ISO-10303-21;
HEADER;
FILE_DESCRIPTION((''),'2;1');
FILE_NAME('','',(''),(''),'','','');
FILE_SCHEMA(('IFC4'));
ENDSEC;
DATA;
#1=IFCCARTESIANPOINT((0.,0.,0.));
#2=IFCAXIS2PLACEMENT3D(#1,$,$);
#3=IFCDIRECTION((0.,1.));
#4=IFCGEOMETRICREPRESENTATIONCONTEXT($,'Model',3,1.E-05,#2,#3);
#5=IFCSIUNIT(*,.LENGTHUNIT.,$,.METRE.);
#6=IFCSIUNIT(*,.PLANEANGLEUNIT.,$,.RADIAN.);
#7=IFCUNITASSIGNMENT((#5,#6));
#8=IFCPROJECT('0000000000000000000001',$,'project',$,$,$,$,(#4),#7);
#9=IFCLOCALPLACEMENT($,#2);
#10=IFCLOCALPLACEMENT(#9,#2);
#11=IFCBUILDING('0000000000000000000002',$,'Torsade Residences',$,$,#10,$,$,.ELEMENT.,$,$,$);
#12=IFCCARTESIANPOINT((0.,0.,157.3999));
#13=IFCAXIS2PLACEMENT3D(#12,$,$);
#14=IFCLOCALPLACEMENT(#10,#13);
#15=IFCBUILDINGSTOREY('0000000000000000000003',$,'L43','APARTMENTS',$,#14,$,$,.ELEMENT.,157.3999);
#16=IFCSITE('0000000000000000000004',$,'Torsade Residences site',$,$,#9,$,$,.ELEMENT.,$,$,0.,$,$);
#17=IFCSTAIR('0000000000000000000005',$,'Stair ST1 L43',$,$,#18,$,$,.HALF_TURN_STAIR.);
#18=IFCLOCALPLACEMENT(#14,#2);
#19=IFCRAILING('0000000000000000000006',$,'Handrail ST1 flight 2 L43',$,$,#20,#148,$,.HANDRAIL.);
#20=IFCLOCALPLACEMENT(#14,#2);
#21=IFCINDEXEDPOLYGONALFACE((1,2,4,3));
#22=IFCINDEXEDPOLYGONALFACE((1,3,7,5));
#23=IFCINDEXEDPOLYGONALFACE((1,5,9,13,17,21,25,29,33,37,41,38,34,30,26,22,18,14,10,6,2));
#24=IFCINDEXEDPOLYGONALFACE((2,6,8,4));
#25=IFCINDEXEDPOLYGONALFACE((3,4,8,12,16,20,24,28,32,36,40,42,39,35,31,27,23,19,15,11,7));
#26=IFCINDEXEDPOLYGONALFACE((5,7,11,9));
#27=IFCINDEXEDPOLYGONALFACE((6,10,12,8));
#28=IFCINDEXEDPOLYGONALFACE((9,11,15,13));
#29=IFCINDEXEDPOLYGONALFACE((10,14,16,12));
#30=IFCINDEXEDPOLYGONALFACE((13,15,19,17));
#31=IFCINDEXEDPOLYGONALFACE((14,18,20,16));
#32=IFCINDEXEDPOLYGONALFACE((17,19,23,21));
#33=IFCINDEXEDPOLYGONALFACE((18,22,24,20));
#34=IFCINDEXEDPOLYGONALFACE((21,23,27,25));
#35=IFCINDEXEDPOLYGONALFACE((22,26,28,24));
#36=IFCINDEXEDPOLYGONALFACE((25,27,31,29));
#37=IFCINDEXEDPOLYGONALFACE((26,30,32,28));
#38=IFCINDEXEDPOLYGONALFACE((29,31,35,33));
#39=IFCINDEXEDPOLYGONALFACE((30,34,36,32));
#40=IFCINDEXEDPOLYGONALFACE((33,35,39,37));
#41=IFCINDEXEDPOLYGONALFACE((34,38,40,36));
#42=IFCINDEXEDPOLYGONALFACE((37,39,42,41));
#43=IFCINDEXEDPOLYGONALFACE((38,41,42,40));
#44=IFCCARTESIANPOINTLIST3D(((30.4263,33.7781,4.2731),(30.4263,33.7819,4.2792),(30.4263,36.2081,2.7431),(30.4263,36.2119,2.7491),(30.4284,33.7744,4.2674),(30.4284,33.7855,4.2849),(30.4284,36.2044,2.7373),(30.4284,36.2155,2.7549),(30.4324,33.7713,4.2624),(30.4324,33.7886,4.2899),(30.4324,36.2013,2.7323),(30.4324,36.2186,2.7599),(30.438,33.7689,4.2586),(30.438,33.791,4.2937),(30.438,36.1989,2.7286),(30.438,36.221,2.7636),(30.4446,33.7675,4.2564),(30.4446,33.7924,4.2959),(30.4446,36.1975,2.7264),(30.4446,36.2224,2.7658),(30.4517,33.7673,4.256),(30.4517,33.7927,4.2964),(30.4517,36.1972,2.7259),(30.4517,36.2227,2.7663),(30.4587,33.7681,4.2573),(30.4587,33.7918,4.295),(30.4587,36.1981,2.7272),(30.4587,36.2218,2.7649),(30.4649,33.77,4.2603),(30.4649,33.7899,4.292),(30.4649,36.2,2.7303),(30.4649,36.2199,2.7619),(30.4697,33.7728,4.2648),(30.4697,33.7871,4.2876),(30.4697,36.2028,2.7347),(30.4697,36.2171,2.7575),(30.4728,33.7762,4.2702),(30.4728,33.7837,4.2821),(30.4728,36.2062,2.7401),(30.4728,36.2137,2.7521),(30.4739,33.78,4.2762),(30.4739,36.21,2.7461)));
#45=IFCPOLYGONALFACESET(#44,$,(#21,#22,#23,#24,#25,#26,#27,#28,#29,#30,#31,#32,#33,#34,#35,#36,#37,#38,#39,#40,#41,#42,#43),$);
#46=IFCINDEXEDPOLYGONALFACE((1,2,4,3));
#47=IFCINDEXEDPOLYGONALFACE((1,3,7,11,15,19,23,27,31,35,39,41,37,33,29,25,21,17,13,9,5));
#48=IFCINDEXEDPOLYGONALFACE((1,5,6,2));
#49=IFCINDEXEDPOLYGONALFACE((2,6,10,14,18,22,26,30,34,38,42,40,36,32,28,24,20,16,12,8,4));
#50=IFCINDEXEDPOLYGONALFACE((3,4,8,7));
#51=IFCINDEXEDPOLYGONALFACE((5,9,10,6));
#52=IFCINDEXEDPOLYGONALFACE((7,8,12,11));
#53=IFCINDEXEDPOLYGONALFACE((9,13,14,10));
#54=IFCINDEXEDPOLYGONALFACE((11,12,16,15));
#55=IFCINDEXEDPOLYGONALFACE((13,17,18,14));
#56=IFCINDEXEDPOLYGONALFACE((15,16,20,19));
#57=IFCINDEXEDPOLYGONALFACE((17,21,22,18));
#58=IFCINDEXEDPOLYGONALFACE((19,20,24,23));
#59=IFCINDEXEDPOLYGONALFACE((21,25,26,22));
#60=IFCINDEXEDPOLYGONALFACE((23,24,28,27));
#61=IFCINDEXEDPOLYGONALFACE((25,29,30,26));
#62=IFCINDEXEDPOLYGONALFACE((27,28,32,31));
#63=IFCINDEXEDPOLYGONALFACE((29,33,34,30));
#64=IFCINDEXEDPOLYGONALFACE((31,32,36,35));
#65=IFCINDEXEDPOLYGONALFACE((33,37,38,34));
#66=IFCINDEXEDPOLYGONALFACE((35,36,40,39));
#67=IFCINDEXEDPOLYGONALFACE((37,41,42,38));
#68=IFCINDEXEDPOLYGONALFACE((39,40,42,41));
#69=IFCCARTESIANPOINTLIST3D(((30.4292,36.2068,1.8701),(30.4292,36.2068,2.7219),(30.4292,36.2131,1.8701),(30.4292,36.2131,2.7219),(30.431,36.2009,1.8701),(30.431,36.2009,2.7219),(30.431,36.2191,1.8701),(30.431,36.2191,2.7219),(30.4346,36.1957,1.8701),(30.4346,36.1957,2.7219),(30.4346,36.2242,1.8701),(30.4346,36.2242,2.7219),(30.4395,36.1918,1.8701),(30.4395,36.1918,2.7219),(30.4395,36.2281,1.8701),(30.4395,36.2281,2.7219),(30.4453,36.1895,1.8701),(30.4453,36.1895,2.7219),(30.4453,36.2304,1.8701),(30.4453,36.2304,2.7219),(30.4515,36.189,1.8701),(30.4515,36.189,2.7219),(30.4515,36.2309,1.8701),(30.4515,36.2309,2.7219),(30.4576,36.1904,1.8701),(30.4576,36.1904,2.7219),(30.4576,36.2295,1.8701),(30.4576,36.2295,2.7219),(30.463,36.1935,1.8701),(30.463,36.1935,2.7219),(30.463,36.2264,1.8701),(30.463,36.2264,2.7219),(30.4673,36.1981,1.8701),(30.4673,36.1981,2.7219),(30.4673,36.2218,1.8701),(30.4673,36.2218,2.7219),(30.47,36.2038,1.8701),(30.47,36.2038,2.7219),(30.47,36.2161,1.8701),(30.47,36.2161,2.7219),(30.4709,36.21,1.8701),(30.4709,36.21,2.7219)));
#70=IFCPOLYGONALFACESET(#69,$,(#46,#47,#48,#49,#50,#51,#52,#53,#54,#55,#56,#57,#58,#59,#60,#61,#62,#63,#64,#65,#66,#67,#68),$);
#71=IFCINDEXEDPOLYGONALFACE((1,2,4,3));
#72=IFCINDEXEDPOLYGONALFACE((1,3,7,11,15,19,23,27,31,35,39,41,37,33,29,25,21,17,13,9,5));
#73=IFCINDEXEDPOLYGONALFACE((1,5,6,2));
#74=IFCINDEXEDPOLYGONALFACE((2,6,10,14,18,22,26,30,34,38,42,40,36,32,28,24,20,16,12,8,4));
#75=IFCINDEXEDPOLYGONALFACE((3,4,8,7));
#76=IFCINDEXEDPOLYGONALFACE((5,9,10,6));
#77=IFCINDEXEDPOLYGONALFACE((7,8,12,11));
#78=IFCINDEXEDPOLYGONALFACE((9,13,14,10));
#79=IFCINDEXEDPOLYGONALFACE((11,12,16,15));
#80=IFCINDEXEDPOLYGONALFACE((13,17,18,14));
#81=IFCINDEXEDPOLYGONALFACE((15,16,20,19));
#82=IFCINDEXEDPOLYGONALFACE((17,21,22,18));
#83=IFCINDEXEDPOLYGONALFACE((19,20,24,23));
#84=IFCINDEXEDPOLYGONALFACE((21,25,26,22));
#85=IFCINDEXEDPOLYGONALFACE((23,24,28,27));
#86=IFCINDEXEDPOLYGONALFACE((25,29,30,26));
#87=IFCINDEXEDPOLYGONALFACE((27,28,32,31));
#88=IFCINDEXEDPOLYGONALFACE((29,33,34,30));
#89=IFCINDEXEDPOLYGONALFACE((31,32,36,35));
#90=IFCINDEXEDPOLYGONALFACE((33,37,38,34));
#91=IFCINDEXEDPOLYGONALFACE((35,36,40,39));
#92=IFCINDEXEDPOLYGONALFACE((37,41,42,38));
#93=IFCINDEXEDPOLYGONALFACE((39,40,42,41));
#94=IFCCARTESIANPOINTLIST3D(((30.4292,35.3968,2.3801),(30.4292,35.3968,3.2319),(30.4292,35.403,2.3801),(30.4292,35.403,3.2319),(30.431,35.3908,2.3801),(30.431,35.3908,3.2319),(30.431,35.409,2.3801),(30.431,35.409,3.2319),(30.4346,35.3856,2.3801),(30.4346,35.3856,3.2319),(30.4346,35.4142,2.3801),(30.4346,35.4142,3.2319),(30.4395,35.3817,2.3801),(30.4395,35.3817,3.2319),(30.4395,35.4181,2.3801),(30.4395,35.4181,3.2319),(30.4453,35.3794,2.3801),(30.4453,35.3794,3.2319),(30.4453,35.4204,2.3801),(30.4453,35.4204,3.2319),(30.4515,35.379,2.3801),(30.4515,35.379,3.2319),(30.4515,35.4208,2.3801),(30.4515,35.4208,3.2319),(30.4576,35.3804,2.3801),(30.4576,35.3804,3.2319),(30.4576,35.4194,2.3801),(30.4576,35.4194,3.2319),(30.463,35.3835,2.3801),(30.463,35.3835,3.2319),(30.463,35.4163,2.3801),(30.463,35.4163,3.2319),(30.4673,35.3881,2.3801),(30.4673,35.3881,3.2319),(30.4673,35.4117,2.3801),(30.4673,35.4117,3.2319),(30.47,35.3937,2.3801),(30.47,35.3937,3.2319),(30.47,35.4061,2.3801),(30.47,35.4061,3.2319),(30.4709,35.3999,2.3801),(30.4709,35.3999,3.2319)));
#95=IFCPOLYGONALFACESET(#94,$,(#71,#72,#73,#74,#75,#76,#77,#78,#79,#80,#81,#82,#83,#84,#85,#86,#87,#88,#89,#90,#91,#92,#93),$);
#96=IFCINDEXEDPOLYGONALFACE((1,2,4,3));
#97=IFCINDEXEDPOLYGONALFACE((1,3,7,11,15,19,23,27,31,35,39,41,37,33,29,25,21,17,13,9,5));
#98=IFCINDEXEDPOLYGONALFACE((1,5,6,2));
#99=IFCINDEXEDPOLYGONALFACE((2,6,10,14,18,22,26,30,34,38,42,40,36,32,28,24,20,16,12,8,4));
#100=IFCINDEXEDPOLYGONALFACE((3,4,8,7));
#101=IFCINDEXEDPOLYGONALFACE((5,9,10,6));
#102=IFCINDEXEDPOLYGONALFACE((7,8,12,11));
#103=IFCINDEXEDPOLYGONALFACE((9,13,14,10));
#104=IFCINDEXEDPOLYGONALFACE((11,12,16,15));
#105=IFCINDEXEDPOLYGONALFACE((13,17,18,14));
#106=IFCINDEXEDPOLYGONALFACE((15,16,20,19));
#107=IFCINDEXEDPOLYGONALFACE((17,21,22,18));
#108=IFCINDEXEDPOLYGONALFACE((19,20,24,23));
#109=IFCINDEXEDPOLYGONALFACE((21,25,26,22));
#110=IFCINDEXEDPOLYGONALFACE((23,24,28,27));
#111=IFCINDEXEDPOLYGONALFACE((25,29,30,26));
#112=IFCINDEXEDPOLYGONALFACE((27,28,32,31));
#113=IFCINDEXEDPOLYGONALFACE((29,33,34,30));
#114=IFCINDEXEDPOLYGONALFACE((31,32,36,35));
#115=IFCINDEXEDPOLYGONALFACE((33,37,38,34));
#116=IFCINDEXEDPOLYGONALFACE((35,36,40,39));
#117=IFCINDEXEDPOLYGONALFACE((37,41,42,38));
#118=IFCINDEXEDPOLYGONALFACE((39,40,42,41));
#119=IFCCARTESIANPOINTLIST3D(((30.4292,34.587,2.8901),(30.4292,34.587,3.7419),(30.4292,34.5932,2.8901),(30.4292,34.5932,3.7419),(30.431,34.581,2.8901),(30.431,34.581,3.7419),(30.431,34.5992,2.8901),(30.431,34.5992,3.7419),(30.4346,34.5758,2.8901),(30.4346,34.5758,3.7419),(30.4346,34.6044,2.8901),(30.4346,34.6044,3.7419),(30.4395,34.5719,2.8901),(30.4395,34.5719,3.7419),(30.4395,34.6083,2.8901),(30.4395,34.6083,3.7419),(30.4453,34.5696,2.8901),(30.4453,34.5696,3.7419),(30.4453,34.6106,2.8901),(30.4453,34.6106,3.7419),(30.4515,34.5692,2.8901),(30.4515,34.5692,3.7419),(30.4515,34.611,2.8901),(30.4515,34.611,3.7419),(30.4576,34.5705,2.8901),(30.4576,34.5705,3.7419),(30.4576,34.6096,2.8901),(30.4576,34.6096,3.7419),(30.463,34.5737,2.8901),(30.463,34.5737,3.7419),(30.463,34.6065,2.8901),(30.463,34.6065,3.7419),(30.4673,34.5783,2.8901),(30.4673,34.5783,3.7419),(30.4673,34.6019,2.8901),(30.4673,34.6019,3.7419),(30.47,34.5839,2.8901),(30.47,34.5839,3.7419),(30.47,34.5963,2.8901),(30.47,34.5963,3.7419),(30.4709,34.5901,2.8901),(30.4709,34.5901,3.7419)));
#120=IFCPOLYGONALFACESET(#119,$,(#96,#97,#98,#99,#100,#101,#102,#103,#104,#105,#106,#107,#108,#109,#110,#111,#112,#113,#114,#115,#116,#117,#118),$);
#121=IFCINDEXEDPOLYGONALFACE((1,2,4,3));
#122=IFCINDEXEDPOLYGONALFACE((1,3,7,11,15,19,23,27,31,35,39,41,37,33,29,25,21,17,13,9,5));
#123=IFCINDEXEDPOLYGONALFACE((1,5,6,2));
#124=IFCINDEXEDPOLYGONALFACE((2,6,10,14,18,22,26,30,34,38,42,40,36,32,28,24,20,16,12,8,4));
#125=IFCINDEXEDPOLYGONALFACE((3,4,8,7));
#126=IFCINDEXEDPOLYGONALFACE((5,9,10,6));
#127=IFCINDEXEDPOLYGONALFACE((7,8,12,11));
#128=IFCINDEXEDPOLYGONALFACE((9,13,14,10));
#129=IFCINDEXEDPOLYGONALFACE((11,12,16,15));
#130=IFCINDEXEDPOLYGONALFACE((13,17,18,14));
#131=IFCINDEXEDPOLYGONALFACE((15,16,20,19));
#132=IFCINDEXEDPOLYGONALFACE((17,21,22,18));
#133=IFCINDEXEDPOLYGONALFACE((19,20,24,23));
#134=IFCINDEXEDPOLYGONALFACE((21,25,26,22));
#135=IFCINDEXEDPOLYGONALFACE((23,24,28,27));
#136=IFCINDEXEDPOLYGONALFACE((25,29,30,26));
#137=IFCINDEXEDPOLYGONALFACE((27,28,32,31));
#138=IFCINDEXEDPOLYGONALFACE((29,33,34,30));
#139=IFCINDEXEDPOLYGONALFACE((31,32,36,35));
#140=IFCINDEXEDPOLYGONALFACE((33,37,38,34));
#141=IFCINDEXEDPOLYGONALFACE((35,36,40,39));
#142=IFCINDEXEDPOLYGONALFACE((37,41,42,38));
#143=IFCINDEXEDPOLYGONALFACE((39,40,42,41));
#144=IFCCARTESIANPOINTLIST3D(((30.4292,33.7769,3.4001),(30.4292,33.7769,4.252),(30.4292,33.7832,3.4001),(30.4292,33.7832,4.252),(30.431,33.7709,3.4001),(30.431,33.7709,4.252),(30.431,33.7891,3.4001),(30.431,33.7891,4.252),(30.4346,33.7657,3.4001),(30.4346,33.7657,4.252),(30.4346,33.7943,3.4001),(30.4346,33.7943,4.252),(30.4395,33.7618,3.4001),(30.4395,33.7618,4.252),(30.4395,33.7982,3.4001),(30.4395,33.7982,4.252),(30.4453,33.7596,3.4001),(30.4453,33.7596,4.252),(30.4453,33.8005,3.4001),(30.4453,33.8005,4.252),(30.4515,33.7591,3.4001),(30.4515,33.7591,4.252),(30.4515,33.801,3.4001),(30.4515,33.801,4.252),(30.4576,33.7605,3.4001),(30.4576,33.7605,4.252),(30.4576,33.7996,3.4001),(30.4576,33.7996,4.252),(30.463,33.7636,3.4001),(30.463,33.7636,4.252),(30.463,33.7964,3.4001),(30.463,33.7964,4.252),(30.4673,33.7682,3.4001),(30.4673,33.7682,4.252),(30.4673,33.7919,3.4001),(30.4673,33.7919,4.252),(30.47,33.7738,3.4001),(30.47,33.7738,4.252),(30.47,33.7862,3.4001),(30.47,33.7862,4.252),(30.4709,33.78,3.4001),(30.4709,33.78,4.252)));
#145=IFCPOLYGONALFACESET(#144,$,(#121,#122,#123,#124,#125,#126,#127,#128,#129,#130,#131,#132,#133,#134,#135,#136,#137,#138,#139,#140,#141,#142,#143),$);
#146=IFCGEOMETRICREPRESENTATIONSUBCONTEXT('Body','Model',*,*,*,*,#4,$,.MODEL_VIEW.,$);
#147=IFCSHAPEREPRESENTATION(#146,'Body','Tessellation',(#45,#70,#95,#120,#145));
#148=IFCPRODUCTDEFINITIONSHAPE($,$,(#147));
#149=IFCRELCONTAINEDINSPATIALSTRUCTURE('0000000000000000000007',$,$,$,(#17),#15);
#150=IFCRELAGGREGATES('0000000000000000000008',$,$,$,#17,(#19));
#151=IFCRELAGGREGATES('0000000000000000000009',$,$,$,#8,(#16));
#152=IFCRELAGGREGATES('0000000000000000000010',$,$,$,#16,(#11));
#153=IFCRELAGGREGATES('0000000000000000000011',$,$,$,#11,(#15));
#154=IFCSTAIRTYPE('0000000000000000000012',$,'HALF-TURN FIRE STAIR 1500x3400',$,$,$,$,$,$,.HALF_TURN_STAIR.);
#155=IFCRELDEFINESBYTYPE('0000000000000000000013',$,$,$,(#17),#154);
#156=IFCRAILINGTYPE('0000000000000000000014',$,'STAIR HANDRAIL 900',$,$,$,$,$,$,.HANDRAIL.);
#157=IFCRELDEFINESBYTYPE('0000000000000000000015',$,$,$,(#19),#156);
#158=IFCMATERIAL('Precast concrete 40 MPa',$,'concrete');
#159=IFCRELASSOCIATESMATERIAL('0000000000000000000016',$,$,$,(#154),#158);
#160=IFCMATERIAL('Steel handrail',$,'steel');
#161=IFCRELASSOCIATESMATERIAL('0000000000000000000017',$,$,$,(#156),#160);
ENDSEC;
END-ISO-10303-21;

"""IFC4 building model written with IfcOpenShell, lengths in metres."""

from ifc_helpers import new_model, si_unit, direction, frame, origin, origin_2d, place, context, subcontext, project, spatial, circle, extrude, material, type_object, element, aggregate, save


model = new_model("IFC4")

# Units and contexts
model_context = context("Model", 3, precision=1e-05, world=origin(), true_north=direction((0.0, 1.0)))
body_context = subcontext(model_context, "Body", "Model", "MODEL_VIEW")
ifc_project = project(units=[si_unit("LENGTHUNIT", "METRE"), si_unit("PLANEANGLEUNIT", "RADIAN")], contexts=[model_context])

# Site, building, storey
site_placement = place(None, origin())
site = spatial("IfcSite", under=ifc_project, at=site_placement, Name="Torsade Residences site", CompositionType="ELEMENT", RefElevation=0.0)
building_placement = place(site_placement, origin())
building = spatial("IfcBuilding", under=site, at=building_placement, Name="Torsade Residences", CompositionType="ELEMENT")
storey_placement = place(building_placement, frame((0.0, 0.0, 157.3999)))
storey = spatial("IfcBuildingStorey", under=building, at=storey_placement, Name="L43", Description="APARTMENTS", CompositionType="ELEMENT", Elevation=157.3999)

# Stair, railing
ifc_material_1 = material(Name="Precast concrete 40 MPa", Category="concrete")
stair_type = type_object("IfcStairType", Name="HALF-TURN FIRE STAIR 1500x3400", PredefinedType="HALF_TURN_STAIR", material=ifc_material_1)
stair_placement = place(storey_placement, origin())
stair = element("IfcStair", 1, at=stair_placement, inside=storey, type_object=stair_type, Name="Stair ST1 L43", PredefinedType="HALF_TURN_STAIR")
ifc_material_2 = material(Name="Steel handrail", Category="steel")
railing_type = type_object("IfcRailingType", Name="STAIR HANDRAIL 900", PredefinedType="HANDRAIL", material=ifc_material_2)
railing_1_placement = place(storey_placement, frame((30.45, 36.21, 1.8701)))
railing_1 = element("IfcRailing", 2, at=railing_1_placement, type_object=railing_type, Name="Handrail ST1 flight 2 L43", PredefinedType="HANDRAIL", context=body_context, shape_type="SweptSolid", body=[
    extrude(circle(Radius=0.0239, at=origin_2d()), frame((0.0, 0.0, 0.876), z_axis=(0.0, -0.846221, 0.532831), x_axis=(1.0, 0.0, 0.0)), (0.0, 0.0, 1.0), 2.8716),
    extrude(circle(Radius=0.021, at=origin_2d()), origin(), (0.0, 0.0, 1.0), 0.8518),
    extrude(circle(Radius=0.021, at=origin_2d()), frame((0.0, -0.8101, 0.51)), (0.0, 0.0, 1.0), 0.8518),
    extrude(circle(Radius=0.021, at=origin_2d()), frame((0.0, -1.6199, 1.02)), (0.0, 0.0, 1.0), 0.8518),
    extrude(circle(Radius=0.021, at=origin_2d()), frame((0.0, -2.4299, 1.53)), (0.0, 0.0, 1.0), 0.8518),
])
aggregate(stair, [railing_1])

save(model, "model.ifc")
